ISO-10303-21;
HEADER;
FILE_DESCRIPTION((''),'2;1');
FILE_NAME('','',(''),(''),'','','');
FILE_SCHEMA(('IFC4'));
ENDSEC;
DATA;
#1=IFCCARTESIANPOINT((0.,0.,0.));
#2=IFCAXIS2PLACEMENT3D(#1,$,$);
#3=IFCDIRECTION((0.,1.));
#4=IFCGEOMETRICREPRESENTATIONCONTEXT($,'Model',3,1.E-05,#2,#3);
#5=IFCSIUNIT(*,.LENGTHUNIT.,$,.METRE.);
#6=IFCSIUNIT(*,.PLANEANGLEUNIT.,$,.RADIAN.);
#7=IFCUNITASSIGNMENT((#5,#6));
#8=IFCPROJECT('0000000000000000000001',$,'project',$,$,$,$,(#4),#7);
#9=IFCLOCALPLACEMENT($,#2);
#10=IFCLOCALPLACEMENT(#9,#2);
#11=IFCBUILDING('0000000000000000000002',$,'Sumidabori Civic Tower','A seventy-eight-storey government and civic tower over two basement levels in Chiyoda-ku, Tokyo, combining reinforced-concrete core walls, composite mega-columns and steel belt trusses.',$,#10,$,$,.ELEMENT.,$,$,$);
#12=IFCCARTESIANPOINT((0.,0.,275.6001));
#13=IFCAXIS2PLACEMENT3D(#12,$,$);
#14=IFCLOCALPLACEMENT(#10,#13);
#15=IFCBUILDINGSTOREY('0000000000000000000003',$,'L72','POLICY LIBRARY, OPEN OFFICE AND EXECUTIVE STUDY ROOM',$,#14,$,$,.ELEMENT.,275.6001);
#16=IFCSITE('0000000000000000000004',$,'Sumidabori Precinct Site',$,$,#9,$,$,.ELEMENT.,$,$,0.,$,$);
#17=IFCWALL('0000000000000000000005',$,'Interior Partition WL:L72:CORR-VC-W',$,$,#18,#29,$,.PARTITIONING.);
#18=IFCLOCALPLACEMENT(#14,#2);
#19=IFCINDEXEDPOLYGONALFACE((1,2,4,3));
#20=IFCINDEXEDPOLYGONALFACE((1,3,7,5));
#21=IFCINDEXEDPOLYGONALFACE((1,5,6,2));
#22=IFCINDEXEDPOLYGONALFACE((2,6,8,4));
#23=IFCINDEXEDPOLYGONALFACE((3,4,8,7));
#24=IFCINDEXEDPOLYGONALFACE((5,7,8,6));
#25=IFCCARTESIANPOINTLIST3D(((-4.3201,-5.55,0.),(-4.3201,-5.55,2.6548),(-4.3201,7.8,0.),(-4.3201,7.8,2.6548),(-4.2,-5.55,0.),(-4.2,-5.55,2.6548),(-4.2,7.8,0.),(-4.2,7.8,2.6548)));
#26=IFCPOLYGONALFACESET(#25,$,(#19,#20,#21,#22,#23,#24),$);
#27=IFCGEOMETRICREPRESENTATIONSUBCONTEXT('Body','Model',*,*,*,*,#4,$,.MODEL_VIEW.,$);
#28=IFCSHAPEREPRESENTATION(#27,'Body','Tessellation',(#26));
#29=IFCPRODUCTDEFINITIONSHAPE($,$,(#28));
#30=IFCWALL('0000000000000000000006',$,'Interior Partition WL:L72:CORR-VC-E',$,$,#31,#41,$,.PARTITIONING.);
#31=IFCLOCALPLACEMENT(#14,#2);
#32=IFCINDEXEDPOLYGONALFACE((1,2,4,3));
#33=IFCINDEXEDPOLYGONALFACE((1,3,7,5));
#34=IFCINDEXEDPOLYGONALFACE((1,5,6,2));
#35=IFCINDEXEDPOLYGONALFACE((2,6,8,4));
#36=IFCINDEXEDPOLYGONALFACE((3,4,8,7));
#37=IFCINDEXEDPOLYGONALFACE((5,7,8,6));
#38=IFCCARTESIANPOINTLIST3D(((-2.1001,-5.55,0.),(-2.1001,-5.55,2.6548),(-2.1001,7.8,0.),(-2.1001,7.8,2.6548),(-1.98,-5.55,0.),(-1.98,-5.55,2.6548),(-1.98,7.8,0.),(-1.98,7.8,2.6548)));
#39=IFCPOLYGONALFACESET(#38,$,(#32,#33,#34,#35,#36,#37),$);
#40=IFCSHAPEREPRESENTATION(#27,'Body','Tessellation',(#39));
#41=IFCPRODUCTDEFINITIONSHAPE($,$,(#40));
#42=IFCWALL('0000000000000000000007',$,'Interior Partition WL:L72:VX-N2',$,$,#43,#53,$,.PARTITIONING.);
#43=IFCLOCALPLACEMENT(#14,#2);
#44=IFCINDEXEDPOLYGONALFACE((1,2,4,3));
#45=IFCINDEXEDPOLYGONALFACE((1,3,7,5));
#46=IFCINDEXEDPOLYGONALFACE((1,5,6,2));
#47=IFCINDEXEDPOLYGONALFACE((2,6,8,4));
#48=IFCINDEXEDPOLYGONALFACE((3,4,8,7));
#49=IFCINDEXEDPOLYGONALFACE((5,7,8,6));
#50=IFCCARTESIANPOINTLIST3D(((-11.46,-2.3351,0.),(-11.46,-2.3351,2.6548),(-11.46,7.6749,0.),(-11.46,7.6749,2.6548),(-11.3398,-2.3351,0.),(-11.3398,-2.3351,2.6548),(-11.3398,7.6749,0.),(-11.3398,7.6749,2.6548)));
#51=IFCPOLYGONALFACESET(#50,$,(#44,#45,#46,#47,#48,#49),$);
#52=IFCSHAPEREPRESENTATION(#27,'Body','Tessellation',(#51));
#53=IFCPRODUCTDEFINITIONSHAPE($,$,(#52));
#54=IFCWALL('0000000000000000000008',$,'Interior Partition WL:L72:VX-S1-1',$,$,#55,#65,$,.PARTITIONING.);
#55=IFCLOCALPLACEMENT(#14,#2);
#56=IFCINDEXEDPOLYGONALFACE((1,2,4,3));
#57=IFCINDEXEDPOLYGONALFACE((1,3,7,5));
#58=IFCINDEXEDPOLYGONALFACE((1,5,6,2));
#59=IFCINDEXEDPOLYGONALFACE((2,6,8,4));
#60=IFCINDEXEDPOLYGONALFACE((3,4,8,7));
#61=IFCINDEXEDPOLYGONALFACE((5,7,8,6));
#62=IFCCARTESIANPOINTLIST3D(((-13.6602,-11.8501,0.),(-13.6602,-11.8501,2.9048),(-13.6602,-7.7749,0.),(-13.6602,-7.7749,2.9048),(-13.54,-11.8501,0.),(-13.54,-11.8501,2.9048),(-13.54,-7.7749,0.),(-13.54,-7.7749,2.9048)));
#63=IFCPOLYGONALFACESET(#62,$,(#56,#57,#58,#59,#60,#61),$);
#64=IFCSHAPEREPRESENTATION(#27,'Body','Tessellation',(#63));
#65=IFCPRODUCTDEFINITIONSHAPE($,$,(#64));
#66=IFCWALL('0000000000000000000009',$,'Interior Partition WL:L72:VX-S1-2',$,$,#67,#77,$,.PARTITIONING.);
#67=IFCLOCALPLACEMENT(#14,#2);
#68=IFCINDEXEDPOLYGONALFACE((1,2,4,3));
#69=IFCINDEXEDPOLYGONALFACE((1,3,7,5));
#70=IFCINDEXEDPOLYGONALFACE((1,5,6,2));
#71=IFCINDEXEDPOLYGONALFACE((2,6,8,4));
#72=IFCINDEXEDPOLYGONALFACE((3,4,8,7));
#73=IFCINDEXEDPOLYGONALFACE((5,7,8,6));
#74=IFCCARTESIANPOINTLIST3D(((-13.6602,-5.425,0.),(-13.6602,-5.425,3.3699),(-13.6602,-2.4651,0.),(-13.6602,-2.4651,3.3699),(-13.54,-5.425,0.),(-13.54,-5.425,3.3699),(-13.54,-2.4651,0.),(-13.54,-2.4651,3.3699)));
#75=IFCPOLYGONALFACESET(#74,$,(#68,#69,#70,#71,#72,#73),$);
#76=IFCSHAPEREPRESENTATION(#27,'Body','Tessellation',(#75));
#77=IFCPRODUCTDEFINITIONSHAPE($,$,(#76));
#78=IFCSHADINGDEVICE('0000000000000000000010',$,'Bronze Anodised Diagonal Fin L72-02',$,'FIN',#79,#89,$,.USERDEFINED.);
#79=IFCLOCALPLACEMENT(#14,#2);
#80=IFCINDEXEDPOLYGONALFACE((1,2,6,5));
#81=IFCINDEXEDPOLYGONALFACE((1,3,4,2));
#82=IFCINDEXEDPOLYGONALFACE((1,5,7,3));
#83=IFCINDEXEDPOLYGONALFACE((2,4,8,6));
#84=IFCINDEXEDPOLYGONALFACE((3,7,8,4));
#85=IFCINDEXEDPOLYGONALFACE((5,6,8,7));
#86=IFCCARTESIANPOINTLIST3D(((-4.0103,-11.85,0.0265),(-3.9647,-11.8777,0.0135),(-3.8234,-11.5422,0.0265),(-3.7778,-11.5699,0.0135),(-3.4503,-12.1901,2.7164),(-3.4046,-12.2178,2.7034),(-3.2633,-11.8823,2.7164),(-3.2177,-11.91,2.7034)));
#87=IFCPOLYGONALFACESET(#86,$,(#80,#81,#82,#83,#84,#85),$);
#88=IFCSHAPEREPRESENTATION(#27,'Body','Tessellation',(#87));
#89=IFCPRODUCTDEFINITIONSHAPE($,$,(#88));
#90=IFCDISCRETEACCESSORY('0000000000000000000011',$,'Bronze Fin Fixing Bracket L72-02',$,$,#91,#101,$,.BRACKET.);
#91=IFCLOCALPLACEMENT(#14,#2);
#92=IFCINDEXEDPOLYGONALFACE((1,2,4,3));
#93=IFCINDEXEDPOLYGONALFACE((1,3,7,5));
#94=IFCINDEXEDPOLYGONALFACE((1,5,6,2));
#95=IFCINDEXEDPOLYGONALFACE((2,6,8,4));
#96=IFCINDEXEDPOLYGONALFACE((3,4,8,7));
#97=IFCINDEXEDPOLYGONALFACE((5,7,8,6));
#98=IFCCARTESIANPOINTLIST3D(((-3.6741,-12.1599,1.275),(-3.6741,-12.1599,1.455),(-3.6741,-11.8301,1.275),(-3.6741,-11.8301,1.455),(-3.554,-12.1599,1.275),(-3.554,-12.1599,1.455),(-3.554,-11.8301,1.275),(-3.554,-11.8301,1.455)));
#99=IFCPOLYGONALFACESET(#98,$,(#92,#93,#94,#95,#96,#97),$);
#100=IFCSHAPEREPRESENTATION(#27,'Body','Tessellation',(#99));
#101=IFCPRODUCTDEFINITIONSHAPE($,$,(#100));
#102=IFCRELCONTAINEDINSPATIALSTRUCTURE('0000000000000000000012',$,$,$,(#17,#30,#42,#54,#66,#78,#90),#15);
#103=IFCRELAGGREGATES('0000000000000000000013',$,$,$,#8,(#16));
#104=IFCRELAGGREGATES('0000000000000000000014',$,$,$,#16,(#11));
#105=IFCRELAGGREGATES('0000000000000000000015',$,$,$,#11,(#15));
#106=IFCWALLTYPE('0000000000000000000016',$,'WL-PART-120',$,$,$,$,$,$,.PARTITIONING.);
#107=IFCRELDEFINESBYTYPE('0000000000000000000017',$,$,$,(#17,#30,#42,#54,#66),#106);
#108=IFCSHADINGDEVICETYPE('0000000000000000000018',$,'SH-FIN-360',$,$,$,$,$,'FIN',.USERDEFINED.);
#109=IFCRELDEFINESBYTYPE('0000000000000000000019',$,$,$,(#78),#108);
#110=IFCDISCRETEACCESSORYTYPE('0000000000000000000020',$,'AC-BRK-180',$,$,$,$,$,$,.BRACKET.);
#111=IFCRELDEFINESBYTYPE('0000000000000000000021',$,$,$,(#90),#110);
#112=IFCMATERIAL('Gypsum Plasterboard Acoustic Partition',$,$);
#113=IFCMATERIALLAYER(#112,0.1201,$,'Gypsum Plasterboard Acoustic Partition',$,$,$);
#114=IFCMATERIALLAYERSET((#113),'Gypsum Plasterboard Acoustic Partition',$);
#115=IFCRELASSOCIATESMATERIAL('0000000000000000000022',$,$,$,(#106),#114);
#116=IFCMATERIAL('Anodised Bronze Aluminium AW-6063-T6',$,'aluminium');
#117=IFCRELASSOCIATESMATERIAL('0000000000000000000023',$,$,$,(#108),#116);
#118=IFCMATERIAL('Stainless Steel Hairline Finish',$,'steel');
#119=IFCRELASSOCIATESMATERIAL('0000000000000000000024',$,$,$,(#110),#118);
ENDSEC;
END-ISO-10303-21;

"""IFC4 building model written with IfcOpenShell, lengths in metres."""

from ifc_helpers import new_model, si_unit, direction, frame, frame_2d, origin, origin_2d, place, context, subcontext, project, spatial, rectangle, extrude, source, transform, mapped, material, layer, layer_set, material_profile, profile_set, type_object, element, save


model = new_model("IFC4")

# Units and contexts
model_context = context("Model", 3, precision=1e-05, world=origin(), true_north=direction((0.0, 1.0)))
body_context = subcontext(model_context, "Body", "Model", "MODEL_VIEW")
ifc_project = project(units=[si_unit("LENGTHUNIT", "METRE"), si_unit("PLANEANGLEUNIT", "RADIAN")], contexts=[model_context])

# Site, building, storey
site_placement = place(None, origin())
site = spatial("IfcSite", under=ifc_project, at=site_placement, Name="Sumidabori Precinct Site", CompositionType="ELEMENT", RefElevation=0.0)
building_placement = place(site_placement, origin())
building = spatial("IfcBuilding", under=site, at=building_placement, Name="Sumidabori Civic Tower", Description="A seventy-eight-storey government and civic tower over two basement levels in Chiyoda-ku, Tokyo, combining reinforced-concrete core walls, composite mega-columns and steel belt trusses.", CompositionType="ELEMENT")
storey_placement = place(building_placement, frame((0.0, 0.0, 275.6001)))
storey = spatial("IfcBuildingStorey", under=building, at=storey_placement, Name="L72", Description="POLICY LIBRARY, OPEN OFFICE AND EXECUTIVE STUDY ROOM", CompositionType="ELEMENT", Elevation=275.6001)

# Shared definitions
ifc_material_1 = material(Name="Anodised Bronze Aluminium AW-6063-T6", Category="aluminium")

# Shared definitions
ifc_material_2 = material(Name="Gypsum Plasterboard Acoustic Partition")
ifc_layer_1 = layer(ifc_material_2, 0.1201, Name="Gypsum Plasterboard Acoustic Partition")
ifc_layer_set_1 = layer_set([ifc_layer_1], Name="Gypsum Plasterboard Acoustic Partition")
wall_type = type_object("IfcWallType", Name="WL-PART-120", PredefinedType="PARTITIONING", material=ifc_layer_set_1)

# Walls
shared_shape_1 = source(origin(), body_context, "Body", "SweptSolid", [
    extrude(rectangle(XDim=13.3501, YDim=0.1201, at=frame_2d((6.675, 0.0))), origin(), (0.0, 0.0, 1.0), 2.6548),
])
for number, where, z_axis, x_axis, name in (
    (1, (-4.26, -5.55, 0.0), (0.0, 0.0, 1.0), (0.0, 1.0, 0.0), "Interior Partition WL:L72:CORR-VC-W"),
    (2, (-2.04, -5.55, 0.0), (0.0, 0.0, 1.0), (0.0, 1.0, 0.0), "Interior Partition WL:L72:CORR-VC-E"),
):
    element("IfcWall", number, at=place(storey_placement, frame(where, z_axis=z_axis, x_axis=x_axis)), inside=storey, type_object=wall_type, Name=name, PredefinedType="PARTITIONING", context=body_context, shape_type="MappedRepresentation", body=[
        mapped(shared_shape_1, transform((0.0, 0.0, 0.0), x_axis=(1.0, 0.0, 0.0), y_axis=(0.0, 1.0, 0.0), z_axis=(0.0, 0.0, 1.0), scale=1.0)),
    ])
shared_shape_2 = source(origin(), body_context, "Body", "SweptSolid", [
    extrude(rectangle(XDim=10.01, YDim=0.1201, at=frame_2d((5.0049, 0.0))), origin(), (0.0, 0.0, 1.0), 2.6548),
])
wall_1_placement = place(storey_placement, frame((-11.3999, -2.335, 0.0), z_axis=(0.0, 0.0, 1.0), x_axis=(0.0, 1.0, 0.0)))
element("IfcWall", 3, at=wall_1_placement, inside=storey, type_object=wall_type, Name="Interior Partition WL:L72:VX-N2", PredefinedType="PARTITIONING", context=body_context, shape_type="MappedRepresentation", body=[
    mapped(shared_shape_2, transform((0.0, 0.0, 0.0), x_axis=(1.0, 0.0, 0.0), y_axis=(0.0, 1.0, 0.0), z_axis=(0.0, 0.0, 1.0), scale=1.0)),
])
shared_shape_3 = source(origin(), body_context, "Body", "SweptSolid", [
    extrude(rectangle(XDim=4.0752, YDim=0.1201, at=frame_2d((2.0376, 0.0))), origin(), (0.0, 0.0, 1.0), 2.9048),
])
wall_2_placement = place(storey_placement, frame((-13.6001, -11.8501, 0.0), z_axis=(0.0, 0.0, 1.0), x_axis=(0.0, 1.0, 0.0)))
element("IfcWall", 4, at=wall_2_placement, inside=storey, type_object=wall_type, Name="Interior Partition WL:L72:VX-S1-1", PredefinedType="PARTITIONING", context=body_context, shape_type="MappedRepresentation", body=[
    mapped(shared_shape_3, transform((0.0, 0.0, 0.0), x_axis=(1.0, 0.0, 0.0), y_axis=(0.0, 1.0, 0.0), z_axis=(0.0, 0.0, 1.0), scale=1.0)),
])
shared_shape_4 = source(origin(), body_context, "Body", "SweptSolid", [
    extrude(rectangle(XDim=2.96, YDim=0.1201, at=frame_2d((1.48, 0.0))), origin(), (0.0, 0.0, 1.0), 3.3699),
])
wall_3_placement = place(storey_placement, frame((-13.6001, -5.425, 0.0), z_axis=(0.0, 0.0, 1.0), x_axis=(0.0, 1.0, 0.0)))
element("IfcWall", 5, at=wall_3_placement, inside=storey, type_object=wall_type, Name="Interior Partition WL:L72:VX-S1-2", PredefinedType="PARTITIONING", context=body_context, shape_type="MappedRepresentation", body=[
    mapped(shared_shape_4, transform((0.0, 0.0, 0.0), x_axis=(1.0, 0.0, 0.0), y_axis=(0.0, 1.0, 0.0), z_axis=(0.0, 0.0, 1.0), scale=1.0)),
])

# Shading device
ifc_material_profile_1 = material_profile(ifc_material_1, rectangle(XDim=0.0549, YDim=0.3601, at=origin_2d()), Name="BRONZE FIN 360x55")
ifc_profile_set_1 = profile_set([ifc_material_profile_1], Name="Anodised Bronze Aluminium AW-6063-T6")
shading_device_type = type_object("IfcShadingDeviceType", Name="SH-FIN-360", ElementType="FIN", PredefinedType="USERDEFINED", material=ifc_profile_set_1)
shared_shape_5 = source(origin(), body_context, "Body", "SweptSolid", [
    extrude(rectangle(XDim=0.0549, YDim=0.3601, at=origin_2d()), origin(), (0.0, 0.0, 1.0), 2.7686),
])
shading_device_placement = place(storey_placement, frame((-3.894, -11.71, 0.02), z_axis=(0.20229, -0.122838, 0.971591), x_axis=(0.83047, -0.504291, -0.236665)))
element("IfcShadingDevice", 6, at=shading_device_placement, inside=storey, type_object=shading_device_type, Name="Bronze Anodised Diagonal Fin L72-02", ObjectType="FIN", PredefinedType="USERDEFINED", context=body_context, shape_type="MappedRepresentation", body=[
    mapped(shared_shape_5, transform((0.0, 0.0, 0.0), x_axis=(1.0, 0.0, 0.0), y_axis=(0.0, 1.0, 0.0), z_axis=(0.0, 0.0, 1.0), scale=1.0)),
])

# Discrete accessory
ifc_material_3 = material(Name="Stainless Steel Hairline Finish", Category="steel")
ifc_material_profile_2 = material_profile(ifc_material_3, rectangle(XDim=0.1201, YDim=0.1799, at=origin_2d()), Name="STEEL BRACKET 180x120")
ifc_profile_set_2 = profile_set([ifc_material_profile_2], Name="Stainless Steel Hairline Finish")
discrete_accessory_type = type_object("IfcDiscreteAccessoryType", Name="AC-BRK-180", PredefinedType="BRACKET", material=ifc_profile_set_2)
shared_shape_6 = source(origin(), body_context, "Body", "SweptSolid", [
    extrude(rectangle(XDim=0.1201, YDim=0.1799, at=origin_2d()), origin(), (0.0, 0.0, 1.0), 0.3298),
])
discrete_accessory_placement = place(storey_placement, frame((-3.614, -11.8301, 1.365), z_axis=(0.0, -1.0, 0.0), x_axis=(1.0, 0.0, 0.0)))
element("IfcDiscreteAccessory", 7, at=discrete_accessory_placement, inside=storey, type_object=discrete_accessory_type, Name="Bronze Fin Fixing Bracket L72-02", PredefinedType="BRACKET", context=body_context, shape_type="MappedRepresentation", body=[
    mapped(shared_shape_6, transform((0.0, 0.0, 0.0), x_axis=(1.0, 0.0, 0.0), y_axis=(0.0, 1.0, 0.0), z_axis=(0.0, 0.0, 1.0), scale=1.0)),
])

save(model, "model.ifc")
